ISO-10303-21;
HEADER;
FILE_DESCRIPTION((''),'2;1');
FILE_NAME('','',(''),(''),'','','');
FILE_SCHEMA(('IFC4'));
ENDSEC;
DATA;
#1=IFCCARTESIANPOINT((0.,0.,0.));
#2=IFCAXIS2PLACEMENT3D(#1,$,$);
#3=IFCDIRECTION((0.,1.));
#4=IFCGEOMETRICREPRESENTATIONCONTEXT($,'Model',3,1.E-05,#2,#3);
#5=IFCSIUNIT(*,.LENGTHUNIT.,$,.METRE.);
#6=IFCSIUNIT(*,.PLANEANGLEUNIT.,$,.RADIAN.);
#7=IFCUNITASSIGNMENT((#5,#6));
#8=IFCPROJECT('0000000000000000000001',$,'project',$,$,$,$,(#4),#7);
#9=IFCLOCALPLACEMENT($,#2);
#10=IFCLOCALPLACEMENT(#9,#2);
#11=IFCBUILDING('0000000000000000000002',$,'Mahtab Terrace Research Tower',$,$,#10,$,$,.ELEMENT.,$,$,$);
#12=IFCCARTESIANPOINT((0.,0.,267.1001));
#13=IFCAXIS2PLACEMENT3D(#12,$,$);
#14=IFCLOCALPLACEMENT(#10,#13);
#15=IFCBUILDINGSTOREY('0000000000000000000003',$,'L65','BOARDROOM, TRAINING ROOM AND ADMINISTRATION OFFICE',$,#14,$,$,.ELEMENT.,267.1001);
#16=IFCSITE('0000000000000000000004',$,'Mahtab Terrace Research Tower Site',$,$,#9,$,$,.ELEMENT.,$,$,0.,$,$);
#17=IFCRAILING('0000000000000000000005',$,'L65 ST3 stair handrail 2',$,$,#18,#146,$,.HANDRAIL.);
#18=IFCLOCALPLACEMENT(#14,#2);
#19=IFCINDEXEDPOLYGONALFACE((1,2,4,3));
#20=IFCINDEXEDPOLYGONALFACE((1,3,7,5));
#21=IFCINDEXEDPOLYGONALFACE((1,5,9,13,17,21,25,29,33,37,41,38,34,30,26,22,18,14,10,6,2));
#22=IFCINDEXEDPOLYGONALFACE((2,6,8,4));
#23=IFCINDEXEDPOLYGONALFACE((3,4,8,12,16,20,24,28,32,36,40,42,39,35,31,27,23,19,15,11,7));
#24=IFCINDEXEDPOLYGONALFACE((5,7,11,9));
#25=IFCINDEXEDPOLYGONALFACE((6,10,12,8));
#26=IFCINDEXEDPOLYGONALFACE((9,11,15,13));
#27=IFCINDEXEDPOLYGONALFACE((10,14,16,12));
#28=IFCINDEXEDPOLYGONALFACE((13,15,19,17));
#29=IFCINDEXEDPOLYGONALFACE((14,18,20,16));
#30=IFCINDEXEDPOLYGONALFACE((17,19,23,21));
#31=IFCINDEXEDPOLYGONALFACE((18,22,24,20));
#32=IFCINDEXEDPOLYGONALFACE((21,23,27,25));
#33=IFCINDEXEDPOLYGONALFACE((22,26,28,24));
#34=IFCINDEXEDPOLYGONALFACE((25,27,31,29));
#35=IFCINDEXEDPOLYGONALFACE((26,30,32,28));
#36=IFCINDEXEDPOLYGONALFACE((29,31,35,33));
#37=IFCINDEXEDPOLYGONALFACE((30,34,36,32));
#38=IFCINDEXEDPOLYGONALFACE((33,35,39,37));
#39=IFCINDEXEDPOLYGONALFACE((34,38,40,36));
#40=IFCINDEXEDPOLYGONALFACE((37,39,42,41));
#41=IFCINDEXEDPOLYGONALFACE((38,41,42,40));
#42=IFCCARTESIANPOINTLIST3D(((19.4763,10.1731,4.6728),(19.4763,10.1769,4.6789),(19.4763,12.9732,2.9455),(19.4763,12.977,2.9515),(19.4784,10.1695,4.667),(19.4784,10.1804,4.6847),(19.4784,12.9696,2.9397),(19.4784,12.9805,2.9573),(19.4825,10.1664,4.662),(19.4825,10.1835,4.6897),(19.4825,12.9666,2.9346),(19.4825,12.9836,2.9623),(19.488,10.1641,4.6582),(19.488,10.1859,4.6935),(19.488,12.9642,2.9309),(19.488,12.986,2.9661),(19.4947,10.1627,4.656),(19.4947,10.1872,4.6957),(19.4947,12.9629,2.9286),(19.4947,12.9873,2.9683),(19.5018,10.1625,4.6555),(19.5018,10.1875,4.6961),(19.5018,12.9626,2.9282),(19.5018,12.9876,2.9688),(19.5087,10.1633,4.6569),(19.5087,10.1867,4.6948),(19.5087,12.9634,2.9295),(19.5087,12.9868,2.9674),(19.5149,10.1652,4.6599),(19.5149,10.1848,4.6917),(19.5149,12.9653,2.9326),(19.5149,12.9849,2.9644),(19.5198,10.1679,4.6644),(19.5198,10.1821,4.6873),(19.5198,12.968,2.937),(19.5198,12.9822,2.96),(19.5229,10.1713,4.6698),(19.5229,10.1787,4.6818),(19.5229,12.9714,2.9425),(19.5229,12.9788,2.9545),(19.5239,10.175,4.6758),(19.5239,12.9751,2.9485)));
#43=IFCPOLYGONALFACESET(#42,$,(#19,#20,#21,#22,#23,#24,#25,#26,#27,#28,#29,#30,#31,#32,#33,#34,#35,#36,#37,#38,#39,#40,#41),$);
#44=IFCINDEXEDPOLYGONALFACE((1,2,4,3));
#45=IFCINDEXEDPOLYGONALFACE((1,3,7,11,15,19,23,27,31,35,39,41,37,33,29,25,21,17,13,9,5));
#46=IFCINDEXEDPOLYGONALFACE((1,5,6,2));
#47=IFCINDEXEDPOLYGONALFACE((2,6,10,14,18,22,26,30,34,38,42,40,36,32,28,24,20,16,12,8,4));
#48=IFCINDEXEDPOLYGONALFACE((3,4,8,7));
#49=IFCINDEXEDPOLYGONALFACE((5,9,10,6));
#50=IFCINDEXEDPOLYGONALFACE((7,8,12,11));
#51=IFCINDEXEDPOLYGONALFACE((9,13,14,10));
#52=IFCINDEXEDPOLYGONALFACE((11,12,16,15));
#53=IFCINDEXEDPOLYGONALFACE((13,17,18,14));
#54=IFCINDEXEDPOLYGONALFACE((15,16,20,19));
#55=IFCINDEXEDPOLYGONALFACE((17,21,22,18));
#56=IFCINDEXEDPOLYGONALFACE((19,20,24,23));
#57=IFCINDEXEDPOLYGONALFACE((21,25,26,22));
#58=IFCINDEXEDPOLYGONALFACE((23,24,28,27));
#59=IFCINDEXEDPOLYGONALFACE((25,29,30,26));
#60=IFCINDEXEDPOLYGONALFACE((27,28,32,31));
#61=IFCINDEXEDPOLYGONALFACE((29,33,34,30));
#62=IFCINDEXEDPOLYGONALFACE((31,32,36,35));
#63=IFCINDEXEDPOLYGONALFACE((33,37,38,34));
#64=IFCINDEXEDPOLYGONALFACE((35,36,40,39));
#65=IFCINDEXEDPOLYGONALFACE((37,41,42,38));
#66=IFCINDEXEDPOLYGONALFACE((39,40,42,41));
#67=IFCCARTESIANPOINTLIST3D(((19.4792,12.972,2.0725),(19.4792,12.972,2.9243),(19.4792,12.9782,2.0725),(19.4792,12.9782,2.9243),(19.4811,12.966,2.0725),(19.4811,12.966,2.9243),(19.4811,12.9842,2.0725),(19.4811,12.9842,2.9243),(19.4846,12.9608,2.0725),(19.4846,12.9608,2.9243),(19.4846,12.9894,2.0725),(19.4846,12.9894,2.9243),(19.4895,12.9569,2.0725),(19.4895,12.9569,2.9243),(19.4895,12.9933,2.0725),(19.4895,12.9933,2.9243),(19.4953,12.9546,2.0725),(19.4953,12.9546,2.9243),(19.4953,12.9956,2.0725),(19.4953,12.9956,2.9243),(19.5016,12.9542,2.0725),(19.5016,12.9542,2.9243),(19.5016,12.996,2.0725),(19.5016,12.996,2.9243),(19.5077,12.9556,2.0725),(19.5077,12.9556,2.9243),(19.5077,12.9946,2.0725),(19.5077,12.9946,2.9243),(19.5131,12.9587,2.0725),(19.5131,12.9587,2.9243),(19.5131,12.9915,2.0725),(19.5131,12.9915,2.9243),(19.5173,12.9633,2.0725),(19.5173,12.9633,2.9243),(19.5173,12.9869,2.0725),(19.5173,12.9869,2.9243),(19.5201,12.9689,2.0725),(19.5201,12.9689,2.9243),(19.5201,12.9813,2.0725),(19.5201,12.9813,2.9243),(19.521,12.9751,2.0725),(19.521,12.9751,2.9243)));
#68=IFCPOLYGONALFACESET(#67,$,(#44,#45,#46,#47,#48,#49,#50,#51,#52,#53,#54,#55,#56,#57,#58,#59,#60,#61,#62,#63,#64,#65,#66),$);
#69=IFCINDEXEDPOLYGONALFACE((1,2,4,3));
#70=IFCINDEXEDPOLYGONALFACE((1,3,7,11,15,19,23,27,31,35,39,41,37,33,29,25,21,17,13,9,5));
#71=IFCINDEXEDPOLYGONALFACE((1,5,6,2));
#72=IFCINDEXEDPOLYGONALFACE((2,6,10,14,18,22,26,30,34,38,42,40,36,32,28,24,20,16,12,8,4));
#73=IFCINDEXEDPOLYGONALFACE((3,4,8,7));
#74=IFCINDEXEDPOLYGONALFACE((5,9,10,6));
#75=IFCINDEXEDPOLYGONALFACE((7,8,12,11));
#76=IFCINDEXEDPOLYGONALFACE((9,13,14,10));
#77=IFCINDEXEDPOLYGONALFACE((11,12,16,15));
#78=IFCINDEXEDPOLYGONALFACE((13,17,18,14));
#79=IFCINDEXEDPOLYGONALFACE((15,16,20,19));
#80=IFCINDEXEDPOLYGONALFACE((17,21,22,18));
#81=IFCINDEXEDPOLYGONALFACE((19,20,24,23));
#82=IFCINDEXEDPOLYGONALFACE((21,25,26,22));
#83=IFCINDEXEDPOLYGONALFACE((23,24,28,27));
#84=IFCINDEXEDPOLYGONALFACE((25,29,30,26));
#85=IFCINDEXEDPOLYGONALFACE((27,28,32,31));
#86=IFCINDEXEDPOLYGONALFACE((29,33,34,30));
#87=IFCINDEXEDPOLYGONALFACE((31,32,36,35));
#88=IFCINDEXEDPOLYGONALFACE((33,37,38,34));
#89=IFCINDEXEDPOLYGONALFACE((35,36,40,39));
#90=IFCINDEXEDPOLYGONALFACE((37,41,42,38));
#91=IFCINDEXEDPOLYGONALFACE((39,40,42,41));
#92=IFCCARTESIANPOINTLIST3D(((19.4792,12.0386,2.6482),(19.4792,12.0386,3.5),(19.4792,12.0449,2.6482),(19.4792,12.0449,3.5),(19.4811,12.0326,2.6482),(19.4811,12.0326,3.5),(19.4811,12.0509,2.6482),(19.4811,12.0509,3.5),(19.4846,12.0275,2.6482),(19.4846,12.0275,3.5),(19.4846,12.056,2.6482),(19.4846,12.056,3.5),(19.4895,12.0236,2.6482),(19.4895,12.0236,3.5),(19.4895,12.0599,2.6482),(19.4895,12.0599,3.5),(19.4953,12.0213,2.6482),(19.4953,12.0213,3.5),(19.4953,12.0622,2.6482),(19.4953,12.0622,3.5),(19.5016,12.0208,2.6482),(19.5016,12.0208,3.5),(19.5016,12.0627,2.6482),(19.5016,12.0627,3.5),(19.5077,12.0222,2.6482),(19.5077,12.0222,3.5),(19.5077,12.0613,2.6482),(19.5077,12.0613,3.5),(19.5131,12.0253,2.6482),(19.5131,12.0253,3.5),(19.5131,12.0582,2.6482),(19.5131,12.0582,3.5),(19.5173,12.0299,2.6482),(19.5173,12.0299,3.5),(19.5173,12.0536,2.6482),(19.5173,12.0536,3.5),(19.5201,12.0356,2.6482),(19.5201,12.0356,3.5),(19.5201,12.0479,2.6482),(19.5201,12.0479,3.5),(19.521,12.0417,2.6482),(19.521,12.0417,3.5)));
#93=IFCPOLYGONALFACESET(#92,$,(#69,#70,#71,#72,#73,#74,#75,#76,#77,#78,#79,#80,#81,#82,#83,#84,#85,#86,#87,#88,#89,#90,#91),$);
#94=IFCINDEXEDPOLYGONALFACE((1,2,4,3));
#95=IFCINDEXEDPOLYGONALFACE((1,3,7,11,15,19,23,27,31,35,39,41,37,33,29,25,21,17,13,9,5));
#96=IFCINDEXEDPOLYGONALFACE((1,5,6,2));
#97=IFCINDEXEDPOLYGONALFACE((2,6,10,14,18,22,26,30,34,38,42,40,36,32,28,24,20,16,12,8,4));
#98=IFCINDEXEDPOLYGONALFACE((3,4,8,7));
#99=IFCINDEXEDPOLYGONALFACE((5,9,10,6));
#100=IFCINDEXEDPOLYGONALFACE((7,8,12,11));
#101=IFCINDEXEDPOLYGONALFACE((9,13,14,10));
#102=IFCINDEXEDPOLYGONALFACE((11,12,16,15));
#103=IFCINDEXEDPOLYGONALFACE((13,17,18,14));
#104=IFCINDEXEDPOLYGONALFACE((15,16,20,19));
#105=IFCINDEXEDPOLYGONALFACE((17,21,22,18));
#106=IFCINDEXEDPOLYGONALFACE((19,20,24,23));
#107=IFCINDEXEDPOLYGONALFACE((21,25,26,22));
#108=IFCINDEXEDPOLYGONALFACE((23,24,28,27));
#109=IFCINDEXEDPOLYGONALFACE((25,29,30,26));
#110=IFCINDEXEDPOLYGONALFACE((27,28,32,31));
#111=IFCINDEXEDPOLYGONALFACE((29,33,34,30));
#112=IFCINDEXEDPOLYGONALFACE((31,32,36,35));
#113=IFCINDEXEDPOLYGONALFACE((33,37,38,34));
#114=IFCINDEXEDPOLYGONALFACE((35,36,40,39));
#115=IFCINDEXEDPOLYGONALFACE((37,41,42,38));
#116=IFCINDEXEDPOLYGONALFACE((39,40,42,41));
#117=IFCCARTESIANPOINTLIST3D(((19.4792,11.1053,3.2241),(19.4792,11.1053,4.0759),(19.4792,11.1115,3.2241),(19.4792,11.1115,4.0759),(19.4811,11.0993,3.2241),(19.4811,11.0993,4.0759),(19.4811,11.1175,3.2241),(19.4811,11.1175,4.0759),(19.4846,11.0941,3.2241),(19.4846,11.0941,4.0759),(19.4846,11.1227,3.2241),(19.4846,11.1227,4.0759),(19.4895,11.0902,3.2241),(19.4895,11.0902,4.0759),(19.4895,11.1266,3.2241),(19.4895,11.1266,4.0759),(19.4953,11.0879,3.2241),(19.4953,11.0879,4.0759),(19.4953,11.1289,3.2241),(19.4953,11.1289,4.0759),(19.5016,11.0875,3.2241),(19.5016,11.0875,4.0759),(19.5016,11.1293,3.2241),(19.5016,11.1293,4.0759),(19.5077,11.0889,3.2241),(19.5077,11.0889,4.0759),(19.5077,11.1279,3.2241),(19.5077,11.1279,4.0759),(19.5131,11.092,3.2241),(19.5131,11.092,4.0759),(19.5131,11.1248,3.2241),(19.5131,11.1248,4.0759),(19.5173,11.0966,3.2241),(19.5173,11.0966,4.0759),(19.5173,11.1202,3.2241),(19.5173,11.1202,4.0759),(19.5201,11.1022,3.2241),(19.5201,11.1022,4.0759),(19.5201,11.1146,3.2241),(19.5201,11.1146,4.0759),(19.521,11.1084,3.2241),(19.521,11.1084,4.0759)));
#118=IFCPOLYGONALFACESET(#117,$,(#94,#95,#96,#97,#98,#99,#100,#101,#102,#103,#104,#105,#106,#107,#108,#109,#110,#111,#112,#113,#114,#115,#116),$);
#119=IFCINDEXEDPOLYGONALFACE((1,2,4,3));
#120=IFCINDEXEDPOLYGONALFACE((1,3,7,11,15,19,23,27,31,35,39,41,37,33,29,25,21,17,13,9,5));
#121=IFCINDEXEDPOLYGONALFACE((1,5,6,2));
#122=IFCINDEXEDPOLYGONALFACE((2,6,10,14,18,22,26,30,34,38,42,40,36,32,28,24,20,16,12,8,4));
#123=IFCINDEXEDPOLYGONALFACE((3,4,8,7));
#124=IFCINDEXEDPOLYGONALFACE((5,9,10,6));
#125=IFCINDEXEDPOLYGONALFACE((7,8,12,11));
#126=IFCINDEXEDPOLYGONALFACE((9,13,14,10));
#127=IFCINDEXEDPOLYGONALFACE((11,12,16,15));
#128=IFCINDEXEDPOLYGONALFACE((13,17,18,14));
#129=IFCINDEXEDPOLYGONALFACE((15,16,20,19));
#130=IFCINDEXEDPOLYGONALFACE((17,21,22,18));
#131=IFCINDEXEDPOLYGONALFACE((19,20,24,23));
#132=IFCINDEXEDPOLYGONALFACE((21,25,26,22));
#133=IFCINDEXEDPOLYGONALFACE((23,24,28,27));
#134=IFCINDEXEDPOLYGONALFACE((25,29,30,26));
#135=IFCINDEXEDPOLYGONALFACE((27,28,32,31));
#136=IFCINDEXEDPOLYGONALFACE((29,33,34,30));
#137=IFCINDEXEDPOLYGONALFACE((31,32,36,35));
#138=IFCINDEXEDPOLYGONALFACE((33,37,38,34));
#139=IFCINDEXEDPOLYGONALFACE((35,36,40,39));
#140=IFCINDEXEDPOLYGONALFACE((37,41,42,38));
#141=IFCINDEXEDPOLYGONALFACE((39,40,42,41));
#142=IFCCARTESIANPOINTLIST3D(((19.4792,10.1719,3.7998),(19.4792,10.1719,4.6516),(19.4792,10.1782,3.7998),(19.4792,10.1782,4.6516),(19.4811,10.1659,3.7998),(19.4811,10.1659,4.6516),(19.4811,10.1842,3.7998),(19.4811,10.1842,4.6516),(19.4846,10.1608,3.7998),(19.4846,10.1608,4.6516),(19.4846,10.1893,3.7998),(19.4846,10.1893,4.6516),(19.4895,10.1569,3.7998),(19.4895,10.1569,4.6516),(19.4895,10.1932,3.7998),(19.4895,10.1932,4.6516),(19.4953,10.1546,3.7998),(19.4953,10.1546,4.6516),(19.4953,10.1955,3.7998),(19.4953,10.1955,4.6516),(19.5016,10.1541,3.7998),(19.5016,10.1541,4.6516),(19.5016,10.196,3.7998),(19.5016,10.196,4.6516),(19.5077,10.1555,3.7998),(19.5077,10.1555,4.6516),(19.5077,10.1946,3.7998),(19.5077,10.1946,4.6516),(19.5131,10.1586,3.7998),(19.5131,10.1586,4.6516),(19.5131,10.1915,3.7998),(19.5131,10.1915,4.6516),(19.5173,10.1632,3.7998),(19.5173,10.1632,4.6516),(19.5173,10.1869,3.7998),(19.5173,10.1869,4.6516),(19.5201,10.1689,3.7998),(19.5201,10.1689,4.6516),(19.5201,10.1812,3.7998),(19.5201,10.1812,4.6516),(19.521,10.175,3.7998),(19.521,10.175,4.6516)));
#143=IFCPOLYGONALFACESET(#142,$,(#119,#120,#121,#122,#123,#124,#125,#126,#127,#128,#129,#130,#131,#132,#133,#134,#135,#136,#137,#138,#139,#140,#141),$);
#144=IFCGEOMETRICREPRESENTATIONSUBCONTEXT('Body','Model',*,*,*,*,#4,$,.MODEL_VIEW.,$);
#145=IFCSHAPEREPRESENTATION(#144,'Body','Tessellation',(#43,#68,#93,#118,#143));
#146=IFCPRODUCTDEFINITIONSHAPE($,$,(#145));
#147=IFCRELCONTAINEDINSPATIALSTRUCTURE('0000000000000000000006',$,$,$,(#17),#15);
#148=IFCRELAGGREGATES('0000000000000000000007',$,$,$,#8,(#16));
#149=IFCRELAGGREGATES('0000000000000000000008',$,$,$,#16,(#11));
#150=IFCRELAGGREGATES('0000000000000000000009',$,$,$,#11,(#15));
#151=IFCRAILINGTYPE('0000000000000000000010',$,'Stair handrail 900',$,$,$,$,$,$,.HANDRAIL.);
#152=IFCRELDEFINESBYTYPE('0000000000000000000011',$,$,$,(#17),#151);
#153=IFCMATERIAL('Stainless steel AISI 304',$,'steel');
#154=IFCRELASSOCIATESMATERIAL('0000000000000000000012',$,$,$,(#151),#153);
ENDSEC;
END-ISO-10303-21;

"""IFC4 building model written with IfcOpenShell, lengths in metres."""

from ifc_helpers import new_model, si_unit, direction, frame, origin, origin_2d, place, context, subcontext, project, spatial, circle, extrude, material, type_object, element, save


model = new_model("IFC4")

# Units and contexts
model_context = context("Model", 3, precision=1e-05, world=origin(), true_north=direction((0.0, 1.0)))
body_context = subcontext(model_context, "Body", "Model", "MODEL_VIEW")
ifc_project = project(units=[si_unit("LENGTHUNIT", "METRE"), si_unit("PLANEANGLEUNIT", "RADIAN")], contexts=[model_context])

# Site, building, storey
site_placement = place(None, origin())
site = spatial("IfcSite", under=ifc_project, at=site_placement, Name="Mahtab Terrace Research Tower Site", CompositionType="ELEMENT", RefElevation=0.0)
building_placement = place(site_placement, origin())
building = spatial("IfcBuilding", under=site, at=building_placement, Name="Mahtab Terrace Research Tower", CompositionType="ELEMENT")
storey_placement = place(building_placement, frame((0.0, 0.0, 267.1001)))
storey = spatial("IfcBuildingStorey", under=building, at=storey_placement, Name="L65", Description="BOARDROOM, TRAINING ROOM AND ADMINISTRATION OFFICE", CompositionType="ELEMENT", Elevation=267.1001)

# Shared definitions
ifc_material_1 = material(Name="Stainless steel AISI 304", Category="steel")

# Railing
railing_type_1 = type_object("IfcRailingType", Name="Stair handrail 900", PredefinedType="HANDRAIL", material=ifc_material_1)
railing_1_placement = place(storey_placement, frame((19.5, 12.9751, 2.0725)))
element("IfcRailing", 1, at=railing_1_placement, inside=storey, type_object=railing_type_1, Name="L65 ST3 stair handrail 2", PredefinedType="HANDRAIL", context=body_context, shape_type="SweptSolid", body=[
    extrude(circle(Radius=0.0239, at=origin_2d()), frame((0.0, 0.0, 0.876), z_axis=(0.0, -0.85109, 0.52502), x_axis=(1.0, 0.0, 0.0)), (0.0, 0.0, 1.0), 3.29),
    extrude(circle(Radius=0.021, at=origin_2d()), origin(), (0.0, 0.0, 1.0), 0.8518),
    extrude(circle(Radius=0.021, at=origin_2d()), frame((0.0, -0.9333, 0.5757)), (0.0, 0.0, 1.0), 0.8518),
    extrude(circle(Radius=0.021, at=origin_2d()), frame((0.0, -1.8667, 1.1516)), (0.0, 0.0, 1.0), 0.8518),
    extrude(circle(Radius=0.021, at=origin_2d()), frame((0.0, -2.8, 1.7273)), (0.0, 0.0, 1.0), 0.8518),
])

save(model, "model.ifc")
